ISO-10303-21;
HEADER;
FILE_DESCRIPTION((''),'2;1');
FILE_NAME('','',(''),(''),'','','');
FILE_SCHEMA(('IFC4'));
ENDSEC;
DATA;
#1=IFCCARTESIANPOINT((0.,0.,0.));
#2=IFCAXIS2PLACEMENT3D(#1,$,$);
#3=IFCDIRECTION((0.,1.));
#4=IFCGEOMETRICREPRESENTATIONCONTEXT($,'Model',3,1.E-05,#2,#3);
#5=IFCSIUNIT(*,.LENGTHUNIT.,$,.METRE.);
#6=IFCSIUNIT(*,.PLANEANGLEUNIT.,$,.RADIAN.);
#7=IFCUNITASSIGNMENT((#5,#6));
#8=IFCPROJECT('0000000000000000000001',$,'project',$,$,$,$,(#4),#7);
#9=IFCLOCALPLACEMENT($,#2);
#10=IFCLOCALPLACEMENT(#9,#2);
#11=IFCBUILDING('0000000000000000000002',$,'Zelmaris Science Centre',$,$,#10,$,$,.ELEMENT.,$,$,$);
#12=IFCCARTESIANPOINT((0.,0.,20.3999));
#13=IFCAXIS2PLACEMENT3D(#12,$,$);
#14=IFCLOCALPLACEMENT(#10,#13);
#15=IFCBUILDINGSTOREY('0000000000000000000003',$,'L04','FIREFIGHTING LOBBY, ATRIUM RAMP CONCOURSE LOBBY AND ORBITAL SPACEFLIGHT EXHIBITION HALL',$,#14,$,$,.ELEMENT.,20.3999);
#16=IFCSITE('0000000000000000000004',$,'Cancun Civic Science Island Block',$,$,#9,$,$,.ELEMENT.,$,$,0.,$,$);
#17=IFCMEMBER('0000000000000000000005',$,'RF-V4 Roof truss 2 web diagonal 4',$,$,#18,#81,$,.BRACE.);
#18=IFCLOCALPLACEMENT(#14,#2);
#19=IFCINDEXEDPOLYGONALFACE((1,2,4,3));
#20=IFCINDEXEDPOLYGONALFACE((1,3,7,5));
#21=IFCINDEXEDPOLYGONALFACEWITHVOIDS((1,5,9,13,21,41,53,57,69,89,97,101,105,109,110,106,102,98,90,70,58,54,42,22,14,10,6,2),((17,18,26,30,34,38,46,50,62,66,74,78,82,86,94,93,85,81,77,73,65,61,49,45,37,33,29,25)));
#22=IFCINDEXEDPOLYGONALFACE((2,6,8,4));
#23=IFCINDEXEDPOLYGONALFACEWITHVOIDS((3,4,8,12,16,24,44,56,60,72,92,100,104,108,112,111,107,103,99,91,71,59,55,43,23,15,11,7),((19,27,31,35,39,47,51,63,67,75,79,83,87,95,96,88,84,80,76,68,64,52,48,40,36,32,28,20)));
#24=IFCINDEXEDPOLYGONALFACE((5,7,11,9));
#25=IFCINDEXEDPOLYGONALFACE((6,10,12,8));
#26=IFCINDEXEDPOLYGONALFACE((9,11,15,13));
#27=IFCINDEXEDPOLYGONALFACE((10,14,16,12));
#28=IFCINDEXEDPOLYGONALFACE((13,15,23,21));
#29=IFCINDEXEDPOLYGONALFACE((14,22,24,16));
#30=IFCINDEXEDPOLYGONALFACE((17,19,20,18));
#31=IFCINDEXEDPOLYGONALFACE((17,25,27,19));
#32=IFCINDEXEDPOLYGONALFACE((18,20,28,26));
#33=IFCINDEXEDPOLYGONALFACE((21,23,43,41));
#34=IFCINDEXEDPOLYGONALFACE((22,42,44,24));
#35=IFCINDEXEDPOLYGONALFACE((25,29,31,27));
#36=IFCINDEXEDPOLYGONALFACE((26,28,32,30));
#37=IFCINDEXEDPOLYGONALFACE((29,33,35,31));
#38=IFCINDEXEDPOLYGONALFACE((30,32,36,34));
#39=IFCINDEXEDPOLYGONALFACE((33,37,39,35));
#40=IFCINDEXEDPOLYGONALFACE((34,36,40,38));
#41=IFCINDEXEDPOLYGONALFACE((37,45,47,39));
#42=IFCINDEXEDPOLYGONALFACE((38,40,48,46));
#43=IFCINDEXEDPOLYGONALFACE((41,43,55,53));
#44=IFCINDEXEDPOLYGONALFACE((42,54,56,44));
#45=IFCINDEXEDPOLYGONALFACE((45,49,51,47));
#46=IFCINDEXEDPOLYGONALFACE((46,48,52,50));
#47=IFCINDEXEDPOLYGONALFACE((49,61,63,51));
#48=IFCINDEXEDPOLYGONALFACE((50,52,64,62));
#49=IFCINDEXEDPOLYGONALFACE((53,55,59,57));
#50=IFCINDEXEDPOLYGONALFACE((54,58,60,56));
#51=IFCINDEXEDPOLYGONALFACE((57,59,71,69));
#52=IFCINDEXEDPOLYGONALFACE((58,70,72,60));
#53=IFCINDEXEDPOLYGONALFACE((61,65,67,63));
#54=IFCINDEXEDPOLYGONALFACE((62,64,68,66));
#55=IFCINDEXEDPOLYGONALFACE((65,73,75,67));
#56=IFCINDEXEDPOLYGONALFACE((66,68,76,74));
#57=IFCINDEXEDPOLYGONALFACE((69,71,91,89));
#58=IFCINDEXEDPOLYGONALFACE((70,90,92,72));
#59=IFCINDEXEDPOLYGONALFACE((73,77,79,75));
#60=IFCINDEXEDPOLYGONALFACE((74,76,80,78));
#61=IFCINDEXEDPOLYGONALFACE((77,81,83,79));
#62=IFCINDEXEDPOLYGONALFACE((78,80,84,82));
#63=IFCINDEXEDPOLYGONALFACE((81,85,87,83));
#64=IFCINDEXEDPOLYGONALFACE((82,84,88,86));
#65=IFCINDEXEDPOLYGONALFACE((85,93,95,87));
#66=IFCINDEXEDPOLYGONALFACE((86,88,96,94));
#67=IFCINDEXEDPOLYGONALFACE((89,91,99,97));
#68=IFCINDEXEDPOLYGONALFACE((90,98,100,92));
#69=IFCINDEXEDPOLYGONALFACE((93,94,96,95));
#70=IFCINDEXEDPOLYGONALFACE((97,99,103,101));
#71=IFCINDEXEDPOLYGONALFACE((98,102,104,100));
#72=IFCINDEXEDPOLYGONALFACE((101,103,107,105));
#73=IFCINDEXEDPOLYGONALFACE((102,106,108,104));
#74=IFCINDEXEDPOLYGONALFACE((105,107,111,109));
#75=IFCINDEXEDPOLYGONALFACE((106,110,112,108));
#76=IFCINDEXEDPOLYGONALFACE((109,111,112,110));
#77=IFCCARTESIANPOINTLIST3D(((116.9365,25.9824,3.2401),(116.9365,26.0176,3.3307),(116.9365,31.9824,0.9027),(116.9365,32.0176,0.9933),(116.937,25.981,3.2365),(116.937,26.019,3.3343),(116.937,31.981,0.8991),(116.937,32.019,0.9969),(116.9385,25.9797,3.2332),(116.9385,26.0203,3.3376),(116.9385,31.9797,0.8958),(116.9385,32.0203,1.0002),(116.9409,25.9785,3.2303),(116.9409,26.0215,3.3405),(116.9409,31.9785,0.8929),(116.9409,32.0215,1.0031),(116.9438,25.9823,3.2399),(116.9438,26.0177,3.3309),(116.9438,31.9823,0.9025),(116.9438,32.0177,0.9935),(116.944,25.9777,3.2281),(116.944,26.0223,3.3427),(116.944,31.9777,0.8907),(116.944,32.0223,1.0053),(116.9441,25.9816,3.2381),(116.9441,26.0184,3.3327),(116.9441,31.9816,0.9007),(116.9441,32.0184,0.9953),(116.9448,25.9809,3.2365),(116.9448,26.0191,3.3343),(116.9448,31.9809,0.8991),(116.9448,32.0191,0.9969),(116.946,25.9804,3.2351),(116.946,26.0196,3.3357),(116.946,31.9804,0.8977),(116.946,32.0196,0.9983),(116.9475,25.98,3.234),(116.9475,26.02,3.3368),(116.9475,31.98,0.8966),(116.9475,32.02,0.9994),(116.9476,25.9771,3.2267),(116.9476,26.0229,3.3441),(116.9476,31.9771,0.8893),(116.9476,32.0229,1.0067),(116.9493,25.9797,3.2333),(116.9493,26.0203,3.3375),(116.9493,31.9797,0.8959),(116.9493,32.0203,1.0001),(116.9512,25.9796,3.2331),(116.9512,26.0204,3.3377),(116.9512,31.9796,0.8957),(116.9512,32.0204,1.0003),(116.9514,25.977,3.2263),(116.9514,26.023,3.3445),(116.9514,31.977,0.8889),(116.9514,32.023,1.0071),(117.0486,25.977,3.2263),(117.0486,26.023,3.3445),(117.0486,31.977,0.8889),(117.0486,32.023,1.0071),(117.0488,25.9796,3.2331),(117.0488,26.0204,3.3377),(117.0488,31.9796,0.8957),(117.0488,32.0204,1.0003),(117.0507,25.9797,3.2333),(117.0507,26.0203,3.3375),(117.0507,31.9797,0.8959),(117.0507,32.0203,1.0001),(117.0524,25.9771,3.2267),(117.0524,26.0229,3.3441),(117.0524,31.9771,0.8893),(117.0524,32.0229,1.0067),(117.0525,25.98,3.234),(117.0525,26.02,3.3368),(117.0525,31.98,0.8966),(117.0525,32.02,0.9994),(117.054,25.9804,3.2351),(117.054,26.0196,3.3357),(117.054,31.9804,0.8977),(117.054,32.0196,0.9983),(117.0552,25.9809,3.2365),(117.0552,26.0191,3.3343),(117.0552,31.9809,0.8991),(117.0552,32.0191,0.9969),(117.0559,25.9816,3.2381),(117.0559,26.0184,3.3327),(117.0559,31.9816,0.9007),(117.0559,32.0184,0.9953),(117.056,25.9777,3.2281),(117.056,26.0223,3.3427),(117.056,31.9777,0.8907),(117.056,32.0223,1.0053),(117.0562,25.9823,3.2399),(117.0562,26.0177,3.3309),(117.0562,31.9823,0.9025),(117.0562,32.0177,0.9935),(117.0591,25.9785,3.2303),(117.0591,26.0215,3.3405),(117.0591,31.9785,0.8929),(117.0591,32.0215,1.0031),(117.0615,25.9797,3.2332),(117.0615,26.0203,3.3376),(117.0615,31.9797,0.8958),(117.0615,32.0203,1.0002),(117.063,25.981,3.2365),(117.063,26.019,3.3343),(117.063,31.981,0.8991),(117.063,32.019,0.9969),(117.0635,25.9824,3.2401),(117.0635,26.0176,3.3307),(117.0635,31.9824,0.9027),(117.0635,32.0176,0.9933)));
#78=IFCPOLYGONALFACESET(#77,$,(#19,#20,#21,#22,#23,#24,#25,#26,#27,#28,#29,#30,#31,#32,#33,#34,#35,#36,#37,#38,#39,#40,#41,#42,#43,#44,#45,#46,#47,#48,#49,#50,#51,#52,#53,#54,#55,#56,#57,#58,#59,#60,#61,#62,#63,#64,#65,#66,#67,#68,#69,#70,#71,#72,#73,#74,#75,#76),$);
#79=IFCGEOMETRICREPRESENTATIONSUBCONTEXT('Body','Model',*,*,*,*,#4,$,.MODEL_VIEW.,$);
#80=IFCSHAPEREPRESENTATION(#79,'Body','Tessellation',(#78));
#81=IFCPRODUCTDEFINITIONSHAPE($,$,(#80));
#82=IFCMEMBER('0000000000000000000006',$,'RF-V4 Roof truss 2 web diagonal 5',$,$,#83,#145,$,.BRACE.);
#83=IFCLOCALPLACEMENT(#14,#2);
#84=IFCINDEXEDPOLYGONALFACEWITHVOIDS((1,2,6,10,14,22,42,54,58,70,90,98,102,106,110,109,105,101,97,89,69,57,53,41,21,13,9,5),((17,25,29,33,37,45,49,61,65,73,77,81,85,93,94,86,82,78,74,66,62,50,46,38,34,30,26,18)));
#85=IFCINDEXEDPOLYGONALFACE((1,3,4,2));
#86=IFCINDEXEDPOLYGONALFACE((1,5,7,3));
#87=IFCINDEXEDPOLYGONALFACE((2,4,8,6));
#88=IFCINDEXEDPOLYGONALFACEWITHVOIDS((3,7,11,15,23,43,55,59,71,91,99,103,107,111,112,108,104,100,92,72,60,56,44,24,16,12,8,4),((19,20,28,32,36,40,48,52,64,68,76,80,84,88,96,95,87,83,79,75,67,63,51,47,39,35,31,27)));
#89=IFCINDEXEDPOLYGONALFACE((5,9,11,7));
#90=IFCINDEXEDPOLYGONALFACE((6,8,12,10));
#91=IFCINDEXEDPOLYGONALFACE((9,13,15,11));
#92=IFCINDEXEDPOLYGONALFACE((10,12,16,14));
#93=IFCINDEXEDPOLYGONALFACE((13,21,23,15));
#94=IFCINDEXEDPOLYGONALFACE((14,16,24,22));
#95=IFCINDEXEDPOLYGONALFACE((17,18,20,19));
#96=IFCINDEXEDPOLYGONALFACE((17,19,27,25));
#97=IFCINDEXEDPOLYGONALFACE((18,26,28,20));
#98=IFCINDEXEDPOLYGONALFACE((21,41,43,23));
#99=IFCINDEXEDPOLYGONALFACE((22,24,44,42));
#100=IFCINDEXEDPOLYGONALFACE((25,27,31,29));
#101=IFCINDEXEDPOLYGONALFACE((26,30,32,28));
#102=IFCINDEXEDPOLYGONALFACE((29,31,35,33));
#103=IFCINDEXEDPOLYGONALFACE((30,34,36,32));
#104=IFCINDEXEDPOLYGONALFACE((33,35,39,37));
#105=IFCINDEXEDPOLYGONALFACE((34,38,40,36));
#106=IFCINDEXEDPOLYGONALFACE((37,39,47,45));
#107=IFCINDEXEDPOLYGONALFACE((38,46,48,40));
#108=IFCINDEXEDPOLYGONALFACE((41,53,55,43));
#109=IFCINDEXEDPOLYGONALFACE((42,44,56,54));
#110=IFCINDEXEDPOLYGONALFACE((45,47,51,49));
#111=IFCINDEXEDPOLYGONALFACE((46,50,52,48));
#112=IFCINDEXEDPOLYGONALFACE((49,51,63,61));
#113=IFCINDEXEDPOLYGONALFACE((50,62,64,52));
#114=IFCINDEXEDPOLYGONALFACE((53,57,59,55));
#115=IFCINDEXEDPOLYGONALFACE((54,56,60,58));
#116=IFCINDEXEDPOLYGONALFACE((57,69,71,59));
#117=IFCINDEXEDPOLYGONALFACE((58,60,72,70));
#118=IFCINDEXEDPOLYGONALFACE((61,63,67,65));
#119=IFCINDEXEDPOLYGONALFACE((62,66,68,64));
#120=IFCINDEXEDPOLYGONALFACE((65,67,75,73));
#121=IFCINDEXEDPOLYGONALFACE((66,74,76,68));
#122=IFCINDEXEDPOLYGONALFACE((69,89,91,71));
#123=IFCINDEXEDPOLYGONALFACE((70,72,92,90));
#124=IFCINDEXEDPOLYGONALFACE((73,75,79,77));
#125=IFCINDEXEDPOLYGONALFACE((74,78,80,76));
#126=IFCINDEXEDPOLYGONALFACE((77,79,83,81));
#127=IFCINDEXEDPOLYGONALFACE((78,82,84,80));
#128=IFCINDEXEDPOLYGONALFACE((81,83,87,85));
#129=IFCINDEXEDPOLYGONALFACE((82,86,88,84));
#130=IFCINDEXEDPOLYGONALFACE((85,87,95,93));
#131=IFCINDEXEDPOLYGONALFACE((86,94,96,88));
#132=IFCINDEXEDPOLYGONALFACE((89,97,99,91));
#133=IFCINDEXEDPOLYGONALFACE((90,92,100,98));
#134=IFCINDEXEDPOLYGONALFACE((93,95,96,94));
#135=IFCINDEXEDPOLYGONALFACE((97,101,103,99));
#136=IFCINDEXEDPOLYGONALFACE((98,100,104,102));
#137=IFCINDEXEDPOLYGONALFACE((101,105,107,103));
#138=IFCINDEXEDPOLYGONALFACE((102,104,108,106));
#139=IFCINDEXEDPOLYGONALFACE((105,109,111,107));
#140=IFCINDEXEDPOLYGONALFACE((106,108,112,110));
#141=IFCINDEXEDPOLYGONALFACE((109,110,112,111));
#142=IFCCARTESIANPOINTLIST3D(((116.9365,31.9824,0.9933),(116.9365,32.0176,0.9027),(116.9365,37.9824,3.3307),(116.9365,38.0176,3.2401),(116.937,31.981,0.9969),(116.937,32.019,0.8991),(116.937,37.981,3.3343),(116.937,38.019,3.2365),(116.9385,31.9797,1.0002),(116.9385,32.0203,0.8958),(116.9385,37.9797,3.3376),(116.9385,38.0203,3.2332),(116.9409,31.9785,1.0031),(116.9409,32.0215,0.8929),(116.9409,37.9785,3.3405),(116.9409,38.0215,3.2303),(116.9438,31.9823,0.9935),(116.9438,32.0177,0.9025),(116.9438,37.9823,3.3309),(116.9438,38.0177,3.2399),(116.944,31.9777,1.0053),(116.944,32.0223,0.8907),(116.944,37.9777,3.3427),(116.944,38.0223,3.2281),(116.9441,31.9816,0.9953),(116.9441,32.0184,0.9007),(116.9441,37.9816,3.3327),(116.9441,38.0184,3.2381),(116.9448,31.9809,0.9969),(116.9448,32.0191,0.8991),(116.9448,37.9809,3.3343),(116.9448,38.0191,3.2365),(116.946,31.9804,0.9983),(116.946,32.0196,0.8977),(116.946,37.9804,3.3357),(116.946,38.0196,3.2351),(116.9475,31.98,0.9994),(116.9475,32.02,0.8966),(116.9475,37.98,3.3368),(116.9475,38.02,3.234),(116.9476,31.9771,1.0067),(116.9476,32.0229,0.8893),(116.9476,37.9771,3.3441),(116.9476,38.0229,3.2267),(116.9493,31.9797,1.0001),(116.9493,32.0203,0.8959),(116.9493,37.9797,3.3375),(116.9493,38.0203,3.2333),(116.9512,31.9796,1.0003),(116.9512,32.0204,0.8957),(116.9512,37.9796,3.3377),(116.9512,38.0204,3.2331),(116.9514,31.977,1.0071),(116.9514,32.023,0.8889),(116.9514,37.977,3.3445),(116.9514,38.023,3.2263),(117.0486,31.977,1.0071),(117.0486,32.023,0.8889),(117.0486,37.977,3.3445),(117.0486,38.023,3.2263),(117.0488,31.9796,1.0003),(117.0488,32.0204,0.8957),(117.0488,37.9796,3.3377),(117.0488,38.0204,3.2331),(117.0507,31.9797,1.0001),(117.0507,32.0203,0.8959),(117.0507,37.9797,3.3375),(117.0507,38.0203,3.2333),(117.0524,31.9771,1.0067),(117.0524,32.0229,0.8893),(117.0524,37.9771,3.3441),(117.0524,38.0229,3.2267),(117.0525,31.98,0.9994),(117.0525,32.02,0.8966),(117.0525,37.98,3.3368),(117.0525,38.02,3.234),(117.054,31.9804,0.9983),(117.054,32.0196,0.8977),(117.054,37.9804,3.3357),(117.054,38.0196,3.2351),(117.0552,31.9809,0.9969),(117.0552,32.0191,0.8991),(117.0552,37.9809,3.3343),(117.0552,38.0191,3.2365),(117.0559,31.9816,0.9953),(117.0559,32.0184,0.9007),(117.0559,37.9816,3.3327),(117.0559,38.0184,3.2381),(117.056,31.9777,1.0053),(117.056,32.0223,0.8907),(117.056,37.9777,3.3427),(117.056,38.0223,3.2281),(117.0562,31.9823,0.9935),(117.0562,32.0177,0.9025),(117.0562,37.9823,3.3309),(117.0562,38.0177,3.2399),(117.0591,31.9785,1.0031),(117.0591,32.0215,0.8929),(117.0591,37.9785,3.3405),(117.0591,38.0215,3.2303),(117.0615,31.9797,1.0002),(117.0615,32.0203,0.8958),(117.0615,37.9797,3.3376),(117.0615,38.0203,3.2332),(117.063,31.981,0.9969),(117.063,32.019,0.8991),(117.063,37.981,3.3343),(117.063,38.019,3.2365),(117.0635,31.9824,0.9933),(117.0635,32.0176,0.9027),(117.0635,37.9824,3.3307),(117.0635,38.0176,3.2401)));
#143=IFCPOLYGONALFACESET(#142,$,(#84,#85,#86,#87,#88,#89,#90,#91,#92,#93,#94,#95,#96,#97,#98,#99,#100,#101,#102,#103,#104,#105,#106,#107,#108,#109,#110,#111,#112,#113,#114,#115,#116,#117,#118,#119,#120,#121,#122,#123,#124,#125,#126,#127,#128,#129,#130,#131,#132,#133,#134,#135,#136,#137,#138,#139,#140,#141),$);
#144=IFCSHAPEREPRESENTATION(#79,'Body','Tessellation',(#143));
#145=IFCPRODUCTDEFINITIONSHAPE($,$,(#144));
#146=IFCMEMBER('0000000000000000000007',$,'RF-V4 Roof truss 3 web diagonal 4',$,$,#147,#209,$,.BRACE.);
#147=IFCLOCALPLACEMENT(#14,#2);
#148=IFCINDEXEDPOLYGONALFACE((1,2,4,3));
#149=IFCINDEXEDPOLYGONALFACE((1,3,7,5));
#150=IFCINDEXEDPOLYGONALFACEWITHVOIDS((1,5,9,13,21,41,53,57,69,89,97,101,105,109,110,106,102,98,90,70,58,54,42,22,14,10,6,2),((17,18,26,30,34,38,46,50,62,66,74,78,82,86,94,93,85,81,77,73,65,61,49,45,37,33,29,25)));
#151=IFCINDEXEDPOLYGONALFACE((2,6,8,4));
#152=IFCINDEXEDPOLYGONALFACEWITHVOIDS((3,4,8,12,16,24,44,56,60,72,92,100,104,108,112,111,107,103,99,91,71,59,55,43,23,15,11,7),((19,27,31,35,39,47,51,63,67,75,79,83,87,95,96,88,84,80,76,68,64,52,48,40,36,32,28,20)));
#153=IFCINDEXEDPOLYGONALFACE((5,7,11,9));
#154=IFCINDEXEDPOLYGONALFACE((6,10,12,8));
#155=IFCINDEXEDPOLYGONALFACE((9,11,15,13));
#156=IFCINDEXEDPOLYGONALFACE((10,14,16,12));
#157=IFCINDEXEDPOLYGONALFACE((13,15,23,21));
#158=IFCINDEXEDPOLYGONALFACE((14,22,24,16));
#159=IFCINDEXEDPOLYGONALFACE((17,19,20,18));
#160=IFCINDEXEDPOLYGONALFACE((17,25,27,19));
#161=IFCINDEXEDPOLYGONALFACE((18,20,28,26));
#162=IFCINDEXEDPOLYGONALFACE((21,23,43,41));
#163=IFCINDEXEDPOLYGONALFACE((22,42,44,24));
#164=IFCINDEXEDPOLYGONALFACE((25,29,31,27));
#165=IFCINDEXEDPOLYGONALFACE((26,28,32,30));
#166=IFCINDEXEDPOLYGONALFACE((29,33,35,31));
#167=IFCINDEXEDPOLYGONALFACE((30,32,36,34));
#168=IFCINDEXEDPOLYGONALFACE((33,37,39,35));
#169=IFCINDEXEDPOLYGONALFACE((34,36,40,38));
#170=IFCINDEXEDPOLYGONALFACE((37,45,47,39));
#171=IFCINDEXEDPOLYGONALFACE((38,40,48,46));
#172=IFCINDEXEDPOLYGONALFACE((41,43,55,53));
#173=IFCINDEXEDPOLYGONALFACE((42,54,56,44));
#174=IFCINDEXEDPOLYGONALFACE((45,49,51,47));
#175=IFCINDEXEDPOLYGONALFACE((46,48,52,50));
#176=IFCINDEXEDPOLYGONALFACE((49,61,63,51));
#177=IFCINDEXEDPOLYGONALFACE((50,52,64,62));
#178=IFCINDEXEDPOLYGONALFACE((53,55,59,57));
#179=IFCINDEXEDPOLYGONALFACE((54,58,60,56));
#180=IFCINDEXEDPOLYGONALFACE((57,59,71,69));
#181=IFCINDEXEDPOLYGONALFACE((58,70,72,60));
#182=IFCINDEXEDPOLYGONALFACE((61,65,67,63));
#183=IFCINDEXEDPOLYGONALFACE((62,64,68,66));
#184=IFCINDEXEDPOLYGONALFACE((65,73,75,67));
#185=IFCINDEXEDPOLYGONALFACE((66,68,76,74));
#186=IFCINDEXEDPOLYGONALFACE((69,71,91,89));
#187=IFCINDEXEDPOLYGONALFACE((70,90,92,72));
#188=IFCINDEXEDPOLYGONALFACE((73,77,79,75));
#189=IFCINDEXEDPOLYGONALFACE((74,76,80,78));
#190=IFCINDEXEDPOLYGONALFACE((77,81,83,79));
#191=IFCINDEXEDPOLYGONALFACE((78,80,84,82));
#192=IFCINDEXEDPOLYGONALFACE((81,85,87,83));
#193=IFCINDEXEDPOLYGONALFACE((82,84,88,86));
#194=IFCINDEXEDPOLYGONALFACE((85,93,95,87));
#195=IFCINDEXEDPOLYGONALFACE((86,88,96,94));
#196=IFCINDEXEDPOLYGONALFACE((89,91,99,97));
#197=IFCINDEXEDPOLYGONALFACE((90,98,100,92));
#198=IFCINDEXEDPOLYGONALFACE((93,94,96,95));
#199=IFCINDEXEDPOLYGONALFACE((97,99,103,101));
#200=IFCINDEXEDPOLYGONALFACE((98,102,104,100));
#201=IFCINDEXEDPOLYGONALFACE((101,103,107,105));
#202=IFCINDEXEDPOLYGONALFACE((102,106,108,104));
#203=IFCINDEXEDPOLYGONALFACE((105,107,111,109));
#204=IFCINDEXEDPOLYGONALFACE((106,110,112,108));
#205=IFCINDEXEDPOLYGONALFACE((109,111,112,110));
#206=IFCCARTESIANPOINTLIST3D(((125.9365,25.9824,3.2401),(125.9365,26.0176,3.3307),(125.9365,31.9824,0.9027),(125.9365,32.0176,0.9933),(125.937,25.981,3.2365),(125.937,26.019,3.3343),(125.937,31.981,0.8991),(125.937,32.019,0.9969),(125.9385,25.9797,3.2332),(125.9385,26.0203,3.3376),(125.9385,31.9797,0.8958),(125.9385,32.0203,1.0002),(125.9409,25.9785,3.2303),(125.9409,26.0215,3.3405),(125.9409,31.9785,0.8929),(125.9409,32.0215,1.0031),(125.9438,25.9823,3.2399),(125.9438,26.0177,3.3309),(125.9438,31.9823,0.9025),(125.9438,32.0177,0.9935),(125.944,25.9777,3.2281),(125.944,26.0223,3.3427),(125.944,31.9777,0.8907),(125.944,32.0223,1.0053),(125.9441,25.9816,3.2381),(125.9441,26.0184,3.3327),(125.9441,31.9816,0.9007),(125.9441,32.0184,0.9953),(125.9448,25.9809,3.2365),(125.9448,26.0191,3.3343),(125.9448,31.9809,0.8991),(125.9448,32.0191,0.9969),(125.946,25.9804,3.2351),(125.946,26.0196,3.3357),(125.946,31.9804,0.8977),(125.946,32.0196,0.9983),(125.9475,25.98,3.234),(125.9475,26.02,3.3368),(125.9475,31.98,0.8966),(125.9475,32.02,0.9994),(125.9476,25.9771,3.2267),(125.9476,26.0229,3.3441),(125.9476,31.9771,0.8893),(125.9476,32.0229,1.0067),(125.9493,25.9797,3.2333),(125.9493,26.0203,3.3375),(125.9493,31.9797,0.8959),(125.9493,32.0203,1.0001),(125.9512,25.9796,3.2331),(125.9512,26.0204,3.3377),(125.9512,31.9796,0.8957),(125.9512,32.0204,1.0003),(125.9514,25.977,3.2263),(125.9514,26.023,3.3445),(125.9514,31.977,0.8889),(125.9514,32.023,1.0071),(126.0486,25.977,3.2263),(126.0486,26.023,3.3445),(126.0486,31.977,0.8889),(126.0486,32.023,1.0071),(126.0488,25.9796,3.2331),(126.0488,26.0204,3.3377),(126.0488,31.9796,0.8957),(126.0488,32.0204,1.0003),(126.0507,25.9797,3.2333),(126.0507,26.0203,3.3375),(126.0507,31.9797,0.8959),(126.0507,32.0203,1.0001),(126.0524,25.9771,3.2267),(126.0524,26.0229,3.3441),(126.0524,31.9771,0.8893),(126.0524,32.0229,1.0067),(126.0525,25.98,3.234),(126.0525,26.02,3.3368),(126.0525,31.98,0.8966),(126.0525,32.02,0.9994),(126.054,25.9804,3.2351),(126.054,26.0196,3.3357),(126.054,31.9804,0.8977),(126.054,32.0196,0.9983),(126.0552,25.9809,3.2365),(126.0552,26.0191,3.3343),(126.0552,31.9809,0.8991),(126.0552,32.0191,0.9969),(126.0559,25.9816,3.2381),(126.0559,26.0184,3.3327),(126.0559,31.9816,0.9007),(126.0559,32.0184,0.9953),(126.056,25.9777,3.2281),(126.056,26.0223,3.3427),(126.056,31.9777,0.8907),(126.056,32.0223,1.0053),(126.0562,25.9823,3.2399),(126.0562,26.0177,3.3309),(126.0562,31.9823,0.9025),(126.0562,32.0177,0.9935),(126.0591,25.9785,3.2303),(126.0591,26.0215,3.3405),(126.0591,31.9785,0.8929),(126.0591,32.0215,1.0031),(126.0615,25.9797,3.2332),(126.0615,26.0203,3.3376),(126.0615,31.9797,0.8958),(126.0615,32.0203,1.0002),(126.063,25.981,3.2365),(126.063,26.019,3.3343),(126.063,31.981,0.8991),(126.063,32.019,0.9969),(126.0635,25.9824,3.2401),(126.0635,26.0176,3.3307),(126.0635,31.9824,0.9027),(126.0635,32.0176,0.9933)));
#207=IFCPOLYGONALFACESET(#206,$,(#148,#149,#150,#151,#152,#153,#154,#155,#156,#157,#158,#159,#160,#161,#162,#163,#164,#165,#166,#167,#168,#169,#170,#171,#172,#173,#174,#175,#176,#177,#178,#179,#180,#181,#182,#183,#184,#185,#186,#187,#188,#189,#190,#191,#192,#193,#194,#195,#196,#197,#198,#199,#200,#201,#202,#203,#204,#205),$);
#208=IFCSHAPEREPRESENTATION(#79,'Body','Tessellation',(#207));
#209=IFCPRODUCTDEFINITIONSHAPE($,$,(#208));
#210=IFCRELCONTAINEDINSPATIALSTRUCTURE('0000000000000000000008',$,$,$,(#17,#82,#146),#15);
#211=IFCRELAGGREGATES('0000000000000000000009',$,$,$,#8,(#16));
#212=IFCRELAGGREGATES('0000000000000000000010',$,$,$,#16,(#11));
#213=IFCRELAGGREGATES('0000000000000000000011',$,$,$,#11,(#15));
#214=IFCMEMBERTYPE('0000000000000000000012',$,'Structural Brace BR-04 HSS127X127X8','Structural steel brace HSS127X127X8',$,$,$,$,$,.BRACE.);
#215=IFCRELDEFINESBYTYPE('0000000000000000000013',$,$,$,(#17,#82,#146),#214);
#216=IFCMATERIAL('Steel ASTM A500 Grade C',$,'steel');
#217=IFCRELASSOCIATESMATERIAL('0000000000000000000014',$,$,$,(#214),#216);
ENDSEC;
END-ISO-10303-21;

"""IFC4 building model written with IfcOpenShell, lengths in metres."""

from ifc_helpers import new_model, si_unit, direction, frame, origin, origin_2d, place, context, subcontext, project, spatial, hollow_rectangle, extrude, material, material_profile, profile_set, type_object, element, save


model = new_model("IFC4")

# Units and contexts
model_context = context("Model", 3, precision=1e-05, world=origin(), true_north=direction((0.0, 1.0)))
body_context = subcontext(model_context, "Body", "Model", "MODEL_VIEW")
ifc_project = project(units=[si_unit("LENGTHUNIT", "METRE"), si_unit("PLANEANGLEUNIT", "RADIAN")], contexts=[model_context])

# Site, building, storey
site_placement = place(None, origin())
site = spatial("IfcSite", under=ifc_project, at=site_placement, Name="Cancun Civic Science Island Block", CompositionType="ELEMENT", RefElevation=0.0)
building_placement = place(site_placement, origin())
building = spatial("IfcBuilding", under=site, at=building_placement, Name="Zelmaris Science Centre", CompositionType="ELEMENT")
storey_placement = place(building_placement, frame((0.0, 0.0, 20.3999)))
storey = spatial("IfcBuildingStorey", under=building, at=storey_placement, Name="L04", Description="FIREFIGHTING LOBBY, ATRIUM RAMP CONCOURSE LOBBY AND ORBITAL SPACEFLIGHT EXHIBITION HALL", CompositionType="ELEMENT", Elevation=20.3999)

# Shared definitions
ifc_material = material(Name="Steel ASTM A500 Grade C", Category="steel")

# Members
ifc_material_profile_1 = material_profile(ifc_material, hollow_rectangle(XDim=0.127, YDim=0.127, WallThickness=0.0073, InnerFilletRadius=0.0073, OuterFilletRadius=0.0149, at=origin_2d()), Name="HSS127X127X8")
ifc_profile_set_1 = profile_set([ifc_material_profile_1], Name="Steel ASTM A500 Grade C")
member_type_1 = type_object("IfcMemberType", Name="Structural Brace BR-04 HSS127X127X8", Description="Structural steel brace HSS127X127X8", PredefinedType="BRACE", material=ifc_profile_set_1)
for number, where, z_axis, x_axis, name in (
    (1, (117.0, 26.0, 3.2854), (0.0, 0.931791, -0.362995), (-1.0, 0.0, 0.0), "RF-V4 Roof truss 2 web diagonal 4"),
    (2, (117.0, 32.0, 0.948), (0.0, 0.931791, 0.362995), (-1.0, 0.0, 0.0), "RF-V4 Roof truss 2 web diagonal 5"),
    (3, (126.0, 26.0, 3.2854), (0.0, 0.931791, -0.362995), (-1.0, 0.0, 0.0), "RF-V4 Roof truss 3 web diagonal 4"),
):
    element("IfcMember", number, at=place(storey_placement, frame(where, z_axis=z_axis, x_axis=x_axis)), inside=storey, type_object=member_type_1, Name=name, PredefinedType="BRACE", context=body_context, shape_type="SweptSolid", body=[
        extrude(hollow_rectangle(XDim=0.127, YDim=0.127, WallThickness=0.0073, InnerFilletRadius=0.0073, OuterFilletRadius=0.0149, at=origin_2d()), origin(), (0.0, 0.0, 1.0), 6.4392),
    ])

save(model, "model.ifc")
